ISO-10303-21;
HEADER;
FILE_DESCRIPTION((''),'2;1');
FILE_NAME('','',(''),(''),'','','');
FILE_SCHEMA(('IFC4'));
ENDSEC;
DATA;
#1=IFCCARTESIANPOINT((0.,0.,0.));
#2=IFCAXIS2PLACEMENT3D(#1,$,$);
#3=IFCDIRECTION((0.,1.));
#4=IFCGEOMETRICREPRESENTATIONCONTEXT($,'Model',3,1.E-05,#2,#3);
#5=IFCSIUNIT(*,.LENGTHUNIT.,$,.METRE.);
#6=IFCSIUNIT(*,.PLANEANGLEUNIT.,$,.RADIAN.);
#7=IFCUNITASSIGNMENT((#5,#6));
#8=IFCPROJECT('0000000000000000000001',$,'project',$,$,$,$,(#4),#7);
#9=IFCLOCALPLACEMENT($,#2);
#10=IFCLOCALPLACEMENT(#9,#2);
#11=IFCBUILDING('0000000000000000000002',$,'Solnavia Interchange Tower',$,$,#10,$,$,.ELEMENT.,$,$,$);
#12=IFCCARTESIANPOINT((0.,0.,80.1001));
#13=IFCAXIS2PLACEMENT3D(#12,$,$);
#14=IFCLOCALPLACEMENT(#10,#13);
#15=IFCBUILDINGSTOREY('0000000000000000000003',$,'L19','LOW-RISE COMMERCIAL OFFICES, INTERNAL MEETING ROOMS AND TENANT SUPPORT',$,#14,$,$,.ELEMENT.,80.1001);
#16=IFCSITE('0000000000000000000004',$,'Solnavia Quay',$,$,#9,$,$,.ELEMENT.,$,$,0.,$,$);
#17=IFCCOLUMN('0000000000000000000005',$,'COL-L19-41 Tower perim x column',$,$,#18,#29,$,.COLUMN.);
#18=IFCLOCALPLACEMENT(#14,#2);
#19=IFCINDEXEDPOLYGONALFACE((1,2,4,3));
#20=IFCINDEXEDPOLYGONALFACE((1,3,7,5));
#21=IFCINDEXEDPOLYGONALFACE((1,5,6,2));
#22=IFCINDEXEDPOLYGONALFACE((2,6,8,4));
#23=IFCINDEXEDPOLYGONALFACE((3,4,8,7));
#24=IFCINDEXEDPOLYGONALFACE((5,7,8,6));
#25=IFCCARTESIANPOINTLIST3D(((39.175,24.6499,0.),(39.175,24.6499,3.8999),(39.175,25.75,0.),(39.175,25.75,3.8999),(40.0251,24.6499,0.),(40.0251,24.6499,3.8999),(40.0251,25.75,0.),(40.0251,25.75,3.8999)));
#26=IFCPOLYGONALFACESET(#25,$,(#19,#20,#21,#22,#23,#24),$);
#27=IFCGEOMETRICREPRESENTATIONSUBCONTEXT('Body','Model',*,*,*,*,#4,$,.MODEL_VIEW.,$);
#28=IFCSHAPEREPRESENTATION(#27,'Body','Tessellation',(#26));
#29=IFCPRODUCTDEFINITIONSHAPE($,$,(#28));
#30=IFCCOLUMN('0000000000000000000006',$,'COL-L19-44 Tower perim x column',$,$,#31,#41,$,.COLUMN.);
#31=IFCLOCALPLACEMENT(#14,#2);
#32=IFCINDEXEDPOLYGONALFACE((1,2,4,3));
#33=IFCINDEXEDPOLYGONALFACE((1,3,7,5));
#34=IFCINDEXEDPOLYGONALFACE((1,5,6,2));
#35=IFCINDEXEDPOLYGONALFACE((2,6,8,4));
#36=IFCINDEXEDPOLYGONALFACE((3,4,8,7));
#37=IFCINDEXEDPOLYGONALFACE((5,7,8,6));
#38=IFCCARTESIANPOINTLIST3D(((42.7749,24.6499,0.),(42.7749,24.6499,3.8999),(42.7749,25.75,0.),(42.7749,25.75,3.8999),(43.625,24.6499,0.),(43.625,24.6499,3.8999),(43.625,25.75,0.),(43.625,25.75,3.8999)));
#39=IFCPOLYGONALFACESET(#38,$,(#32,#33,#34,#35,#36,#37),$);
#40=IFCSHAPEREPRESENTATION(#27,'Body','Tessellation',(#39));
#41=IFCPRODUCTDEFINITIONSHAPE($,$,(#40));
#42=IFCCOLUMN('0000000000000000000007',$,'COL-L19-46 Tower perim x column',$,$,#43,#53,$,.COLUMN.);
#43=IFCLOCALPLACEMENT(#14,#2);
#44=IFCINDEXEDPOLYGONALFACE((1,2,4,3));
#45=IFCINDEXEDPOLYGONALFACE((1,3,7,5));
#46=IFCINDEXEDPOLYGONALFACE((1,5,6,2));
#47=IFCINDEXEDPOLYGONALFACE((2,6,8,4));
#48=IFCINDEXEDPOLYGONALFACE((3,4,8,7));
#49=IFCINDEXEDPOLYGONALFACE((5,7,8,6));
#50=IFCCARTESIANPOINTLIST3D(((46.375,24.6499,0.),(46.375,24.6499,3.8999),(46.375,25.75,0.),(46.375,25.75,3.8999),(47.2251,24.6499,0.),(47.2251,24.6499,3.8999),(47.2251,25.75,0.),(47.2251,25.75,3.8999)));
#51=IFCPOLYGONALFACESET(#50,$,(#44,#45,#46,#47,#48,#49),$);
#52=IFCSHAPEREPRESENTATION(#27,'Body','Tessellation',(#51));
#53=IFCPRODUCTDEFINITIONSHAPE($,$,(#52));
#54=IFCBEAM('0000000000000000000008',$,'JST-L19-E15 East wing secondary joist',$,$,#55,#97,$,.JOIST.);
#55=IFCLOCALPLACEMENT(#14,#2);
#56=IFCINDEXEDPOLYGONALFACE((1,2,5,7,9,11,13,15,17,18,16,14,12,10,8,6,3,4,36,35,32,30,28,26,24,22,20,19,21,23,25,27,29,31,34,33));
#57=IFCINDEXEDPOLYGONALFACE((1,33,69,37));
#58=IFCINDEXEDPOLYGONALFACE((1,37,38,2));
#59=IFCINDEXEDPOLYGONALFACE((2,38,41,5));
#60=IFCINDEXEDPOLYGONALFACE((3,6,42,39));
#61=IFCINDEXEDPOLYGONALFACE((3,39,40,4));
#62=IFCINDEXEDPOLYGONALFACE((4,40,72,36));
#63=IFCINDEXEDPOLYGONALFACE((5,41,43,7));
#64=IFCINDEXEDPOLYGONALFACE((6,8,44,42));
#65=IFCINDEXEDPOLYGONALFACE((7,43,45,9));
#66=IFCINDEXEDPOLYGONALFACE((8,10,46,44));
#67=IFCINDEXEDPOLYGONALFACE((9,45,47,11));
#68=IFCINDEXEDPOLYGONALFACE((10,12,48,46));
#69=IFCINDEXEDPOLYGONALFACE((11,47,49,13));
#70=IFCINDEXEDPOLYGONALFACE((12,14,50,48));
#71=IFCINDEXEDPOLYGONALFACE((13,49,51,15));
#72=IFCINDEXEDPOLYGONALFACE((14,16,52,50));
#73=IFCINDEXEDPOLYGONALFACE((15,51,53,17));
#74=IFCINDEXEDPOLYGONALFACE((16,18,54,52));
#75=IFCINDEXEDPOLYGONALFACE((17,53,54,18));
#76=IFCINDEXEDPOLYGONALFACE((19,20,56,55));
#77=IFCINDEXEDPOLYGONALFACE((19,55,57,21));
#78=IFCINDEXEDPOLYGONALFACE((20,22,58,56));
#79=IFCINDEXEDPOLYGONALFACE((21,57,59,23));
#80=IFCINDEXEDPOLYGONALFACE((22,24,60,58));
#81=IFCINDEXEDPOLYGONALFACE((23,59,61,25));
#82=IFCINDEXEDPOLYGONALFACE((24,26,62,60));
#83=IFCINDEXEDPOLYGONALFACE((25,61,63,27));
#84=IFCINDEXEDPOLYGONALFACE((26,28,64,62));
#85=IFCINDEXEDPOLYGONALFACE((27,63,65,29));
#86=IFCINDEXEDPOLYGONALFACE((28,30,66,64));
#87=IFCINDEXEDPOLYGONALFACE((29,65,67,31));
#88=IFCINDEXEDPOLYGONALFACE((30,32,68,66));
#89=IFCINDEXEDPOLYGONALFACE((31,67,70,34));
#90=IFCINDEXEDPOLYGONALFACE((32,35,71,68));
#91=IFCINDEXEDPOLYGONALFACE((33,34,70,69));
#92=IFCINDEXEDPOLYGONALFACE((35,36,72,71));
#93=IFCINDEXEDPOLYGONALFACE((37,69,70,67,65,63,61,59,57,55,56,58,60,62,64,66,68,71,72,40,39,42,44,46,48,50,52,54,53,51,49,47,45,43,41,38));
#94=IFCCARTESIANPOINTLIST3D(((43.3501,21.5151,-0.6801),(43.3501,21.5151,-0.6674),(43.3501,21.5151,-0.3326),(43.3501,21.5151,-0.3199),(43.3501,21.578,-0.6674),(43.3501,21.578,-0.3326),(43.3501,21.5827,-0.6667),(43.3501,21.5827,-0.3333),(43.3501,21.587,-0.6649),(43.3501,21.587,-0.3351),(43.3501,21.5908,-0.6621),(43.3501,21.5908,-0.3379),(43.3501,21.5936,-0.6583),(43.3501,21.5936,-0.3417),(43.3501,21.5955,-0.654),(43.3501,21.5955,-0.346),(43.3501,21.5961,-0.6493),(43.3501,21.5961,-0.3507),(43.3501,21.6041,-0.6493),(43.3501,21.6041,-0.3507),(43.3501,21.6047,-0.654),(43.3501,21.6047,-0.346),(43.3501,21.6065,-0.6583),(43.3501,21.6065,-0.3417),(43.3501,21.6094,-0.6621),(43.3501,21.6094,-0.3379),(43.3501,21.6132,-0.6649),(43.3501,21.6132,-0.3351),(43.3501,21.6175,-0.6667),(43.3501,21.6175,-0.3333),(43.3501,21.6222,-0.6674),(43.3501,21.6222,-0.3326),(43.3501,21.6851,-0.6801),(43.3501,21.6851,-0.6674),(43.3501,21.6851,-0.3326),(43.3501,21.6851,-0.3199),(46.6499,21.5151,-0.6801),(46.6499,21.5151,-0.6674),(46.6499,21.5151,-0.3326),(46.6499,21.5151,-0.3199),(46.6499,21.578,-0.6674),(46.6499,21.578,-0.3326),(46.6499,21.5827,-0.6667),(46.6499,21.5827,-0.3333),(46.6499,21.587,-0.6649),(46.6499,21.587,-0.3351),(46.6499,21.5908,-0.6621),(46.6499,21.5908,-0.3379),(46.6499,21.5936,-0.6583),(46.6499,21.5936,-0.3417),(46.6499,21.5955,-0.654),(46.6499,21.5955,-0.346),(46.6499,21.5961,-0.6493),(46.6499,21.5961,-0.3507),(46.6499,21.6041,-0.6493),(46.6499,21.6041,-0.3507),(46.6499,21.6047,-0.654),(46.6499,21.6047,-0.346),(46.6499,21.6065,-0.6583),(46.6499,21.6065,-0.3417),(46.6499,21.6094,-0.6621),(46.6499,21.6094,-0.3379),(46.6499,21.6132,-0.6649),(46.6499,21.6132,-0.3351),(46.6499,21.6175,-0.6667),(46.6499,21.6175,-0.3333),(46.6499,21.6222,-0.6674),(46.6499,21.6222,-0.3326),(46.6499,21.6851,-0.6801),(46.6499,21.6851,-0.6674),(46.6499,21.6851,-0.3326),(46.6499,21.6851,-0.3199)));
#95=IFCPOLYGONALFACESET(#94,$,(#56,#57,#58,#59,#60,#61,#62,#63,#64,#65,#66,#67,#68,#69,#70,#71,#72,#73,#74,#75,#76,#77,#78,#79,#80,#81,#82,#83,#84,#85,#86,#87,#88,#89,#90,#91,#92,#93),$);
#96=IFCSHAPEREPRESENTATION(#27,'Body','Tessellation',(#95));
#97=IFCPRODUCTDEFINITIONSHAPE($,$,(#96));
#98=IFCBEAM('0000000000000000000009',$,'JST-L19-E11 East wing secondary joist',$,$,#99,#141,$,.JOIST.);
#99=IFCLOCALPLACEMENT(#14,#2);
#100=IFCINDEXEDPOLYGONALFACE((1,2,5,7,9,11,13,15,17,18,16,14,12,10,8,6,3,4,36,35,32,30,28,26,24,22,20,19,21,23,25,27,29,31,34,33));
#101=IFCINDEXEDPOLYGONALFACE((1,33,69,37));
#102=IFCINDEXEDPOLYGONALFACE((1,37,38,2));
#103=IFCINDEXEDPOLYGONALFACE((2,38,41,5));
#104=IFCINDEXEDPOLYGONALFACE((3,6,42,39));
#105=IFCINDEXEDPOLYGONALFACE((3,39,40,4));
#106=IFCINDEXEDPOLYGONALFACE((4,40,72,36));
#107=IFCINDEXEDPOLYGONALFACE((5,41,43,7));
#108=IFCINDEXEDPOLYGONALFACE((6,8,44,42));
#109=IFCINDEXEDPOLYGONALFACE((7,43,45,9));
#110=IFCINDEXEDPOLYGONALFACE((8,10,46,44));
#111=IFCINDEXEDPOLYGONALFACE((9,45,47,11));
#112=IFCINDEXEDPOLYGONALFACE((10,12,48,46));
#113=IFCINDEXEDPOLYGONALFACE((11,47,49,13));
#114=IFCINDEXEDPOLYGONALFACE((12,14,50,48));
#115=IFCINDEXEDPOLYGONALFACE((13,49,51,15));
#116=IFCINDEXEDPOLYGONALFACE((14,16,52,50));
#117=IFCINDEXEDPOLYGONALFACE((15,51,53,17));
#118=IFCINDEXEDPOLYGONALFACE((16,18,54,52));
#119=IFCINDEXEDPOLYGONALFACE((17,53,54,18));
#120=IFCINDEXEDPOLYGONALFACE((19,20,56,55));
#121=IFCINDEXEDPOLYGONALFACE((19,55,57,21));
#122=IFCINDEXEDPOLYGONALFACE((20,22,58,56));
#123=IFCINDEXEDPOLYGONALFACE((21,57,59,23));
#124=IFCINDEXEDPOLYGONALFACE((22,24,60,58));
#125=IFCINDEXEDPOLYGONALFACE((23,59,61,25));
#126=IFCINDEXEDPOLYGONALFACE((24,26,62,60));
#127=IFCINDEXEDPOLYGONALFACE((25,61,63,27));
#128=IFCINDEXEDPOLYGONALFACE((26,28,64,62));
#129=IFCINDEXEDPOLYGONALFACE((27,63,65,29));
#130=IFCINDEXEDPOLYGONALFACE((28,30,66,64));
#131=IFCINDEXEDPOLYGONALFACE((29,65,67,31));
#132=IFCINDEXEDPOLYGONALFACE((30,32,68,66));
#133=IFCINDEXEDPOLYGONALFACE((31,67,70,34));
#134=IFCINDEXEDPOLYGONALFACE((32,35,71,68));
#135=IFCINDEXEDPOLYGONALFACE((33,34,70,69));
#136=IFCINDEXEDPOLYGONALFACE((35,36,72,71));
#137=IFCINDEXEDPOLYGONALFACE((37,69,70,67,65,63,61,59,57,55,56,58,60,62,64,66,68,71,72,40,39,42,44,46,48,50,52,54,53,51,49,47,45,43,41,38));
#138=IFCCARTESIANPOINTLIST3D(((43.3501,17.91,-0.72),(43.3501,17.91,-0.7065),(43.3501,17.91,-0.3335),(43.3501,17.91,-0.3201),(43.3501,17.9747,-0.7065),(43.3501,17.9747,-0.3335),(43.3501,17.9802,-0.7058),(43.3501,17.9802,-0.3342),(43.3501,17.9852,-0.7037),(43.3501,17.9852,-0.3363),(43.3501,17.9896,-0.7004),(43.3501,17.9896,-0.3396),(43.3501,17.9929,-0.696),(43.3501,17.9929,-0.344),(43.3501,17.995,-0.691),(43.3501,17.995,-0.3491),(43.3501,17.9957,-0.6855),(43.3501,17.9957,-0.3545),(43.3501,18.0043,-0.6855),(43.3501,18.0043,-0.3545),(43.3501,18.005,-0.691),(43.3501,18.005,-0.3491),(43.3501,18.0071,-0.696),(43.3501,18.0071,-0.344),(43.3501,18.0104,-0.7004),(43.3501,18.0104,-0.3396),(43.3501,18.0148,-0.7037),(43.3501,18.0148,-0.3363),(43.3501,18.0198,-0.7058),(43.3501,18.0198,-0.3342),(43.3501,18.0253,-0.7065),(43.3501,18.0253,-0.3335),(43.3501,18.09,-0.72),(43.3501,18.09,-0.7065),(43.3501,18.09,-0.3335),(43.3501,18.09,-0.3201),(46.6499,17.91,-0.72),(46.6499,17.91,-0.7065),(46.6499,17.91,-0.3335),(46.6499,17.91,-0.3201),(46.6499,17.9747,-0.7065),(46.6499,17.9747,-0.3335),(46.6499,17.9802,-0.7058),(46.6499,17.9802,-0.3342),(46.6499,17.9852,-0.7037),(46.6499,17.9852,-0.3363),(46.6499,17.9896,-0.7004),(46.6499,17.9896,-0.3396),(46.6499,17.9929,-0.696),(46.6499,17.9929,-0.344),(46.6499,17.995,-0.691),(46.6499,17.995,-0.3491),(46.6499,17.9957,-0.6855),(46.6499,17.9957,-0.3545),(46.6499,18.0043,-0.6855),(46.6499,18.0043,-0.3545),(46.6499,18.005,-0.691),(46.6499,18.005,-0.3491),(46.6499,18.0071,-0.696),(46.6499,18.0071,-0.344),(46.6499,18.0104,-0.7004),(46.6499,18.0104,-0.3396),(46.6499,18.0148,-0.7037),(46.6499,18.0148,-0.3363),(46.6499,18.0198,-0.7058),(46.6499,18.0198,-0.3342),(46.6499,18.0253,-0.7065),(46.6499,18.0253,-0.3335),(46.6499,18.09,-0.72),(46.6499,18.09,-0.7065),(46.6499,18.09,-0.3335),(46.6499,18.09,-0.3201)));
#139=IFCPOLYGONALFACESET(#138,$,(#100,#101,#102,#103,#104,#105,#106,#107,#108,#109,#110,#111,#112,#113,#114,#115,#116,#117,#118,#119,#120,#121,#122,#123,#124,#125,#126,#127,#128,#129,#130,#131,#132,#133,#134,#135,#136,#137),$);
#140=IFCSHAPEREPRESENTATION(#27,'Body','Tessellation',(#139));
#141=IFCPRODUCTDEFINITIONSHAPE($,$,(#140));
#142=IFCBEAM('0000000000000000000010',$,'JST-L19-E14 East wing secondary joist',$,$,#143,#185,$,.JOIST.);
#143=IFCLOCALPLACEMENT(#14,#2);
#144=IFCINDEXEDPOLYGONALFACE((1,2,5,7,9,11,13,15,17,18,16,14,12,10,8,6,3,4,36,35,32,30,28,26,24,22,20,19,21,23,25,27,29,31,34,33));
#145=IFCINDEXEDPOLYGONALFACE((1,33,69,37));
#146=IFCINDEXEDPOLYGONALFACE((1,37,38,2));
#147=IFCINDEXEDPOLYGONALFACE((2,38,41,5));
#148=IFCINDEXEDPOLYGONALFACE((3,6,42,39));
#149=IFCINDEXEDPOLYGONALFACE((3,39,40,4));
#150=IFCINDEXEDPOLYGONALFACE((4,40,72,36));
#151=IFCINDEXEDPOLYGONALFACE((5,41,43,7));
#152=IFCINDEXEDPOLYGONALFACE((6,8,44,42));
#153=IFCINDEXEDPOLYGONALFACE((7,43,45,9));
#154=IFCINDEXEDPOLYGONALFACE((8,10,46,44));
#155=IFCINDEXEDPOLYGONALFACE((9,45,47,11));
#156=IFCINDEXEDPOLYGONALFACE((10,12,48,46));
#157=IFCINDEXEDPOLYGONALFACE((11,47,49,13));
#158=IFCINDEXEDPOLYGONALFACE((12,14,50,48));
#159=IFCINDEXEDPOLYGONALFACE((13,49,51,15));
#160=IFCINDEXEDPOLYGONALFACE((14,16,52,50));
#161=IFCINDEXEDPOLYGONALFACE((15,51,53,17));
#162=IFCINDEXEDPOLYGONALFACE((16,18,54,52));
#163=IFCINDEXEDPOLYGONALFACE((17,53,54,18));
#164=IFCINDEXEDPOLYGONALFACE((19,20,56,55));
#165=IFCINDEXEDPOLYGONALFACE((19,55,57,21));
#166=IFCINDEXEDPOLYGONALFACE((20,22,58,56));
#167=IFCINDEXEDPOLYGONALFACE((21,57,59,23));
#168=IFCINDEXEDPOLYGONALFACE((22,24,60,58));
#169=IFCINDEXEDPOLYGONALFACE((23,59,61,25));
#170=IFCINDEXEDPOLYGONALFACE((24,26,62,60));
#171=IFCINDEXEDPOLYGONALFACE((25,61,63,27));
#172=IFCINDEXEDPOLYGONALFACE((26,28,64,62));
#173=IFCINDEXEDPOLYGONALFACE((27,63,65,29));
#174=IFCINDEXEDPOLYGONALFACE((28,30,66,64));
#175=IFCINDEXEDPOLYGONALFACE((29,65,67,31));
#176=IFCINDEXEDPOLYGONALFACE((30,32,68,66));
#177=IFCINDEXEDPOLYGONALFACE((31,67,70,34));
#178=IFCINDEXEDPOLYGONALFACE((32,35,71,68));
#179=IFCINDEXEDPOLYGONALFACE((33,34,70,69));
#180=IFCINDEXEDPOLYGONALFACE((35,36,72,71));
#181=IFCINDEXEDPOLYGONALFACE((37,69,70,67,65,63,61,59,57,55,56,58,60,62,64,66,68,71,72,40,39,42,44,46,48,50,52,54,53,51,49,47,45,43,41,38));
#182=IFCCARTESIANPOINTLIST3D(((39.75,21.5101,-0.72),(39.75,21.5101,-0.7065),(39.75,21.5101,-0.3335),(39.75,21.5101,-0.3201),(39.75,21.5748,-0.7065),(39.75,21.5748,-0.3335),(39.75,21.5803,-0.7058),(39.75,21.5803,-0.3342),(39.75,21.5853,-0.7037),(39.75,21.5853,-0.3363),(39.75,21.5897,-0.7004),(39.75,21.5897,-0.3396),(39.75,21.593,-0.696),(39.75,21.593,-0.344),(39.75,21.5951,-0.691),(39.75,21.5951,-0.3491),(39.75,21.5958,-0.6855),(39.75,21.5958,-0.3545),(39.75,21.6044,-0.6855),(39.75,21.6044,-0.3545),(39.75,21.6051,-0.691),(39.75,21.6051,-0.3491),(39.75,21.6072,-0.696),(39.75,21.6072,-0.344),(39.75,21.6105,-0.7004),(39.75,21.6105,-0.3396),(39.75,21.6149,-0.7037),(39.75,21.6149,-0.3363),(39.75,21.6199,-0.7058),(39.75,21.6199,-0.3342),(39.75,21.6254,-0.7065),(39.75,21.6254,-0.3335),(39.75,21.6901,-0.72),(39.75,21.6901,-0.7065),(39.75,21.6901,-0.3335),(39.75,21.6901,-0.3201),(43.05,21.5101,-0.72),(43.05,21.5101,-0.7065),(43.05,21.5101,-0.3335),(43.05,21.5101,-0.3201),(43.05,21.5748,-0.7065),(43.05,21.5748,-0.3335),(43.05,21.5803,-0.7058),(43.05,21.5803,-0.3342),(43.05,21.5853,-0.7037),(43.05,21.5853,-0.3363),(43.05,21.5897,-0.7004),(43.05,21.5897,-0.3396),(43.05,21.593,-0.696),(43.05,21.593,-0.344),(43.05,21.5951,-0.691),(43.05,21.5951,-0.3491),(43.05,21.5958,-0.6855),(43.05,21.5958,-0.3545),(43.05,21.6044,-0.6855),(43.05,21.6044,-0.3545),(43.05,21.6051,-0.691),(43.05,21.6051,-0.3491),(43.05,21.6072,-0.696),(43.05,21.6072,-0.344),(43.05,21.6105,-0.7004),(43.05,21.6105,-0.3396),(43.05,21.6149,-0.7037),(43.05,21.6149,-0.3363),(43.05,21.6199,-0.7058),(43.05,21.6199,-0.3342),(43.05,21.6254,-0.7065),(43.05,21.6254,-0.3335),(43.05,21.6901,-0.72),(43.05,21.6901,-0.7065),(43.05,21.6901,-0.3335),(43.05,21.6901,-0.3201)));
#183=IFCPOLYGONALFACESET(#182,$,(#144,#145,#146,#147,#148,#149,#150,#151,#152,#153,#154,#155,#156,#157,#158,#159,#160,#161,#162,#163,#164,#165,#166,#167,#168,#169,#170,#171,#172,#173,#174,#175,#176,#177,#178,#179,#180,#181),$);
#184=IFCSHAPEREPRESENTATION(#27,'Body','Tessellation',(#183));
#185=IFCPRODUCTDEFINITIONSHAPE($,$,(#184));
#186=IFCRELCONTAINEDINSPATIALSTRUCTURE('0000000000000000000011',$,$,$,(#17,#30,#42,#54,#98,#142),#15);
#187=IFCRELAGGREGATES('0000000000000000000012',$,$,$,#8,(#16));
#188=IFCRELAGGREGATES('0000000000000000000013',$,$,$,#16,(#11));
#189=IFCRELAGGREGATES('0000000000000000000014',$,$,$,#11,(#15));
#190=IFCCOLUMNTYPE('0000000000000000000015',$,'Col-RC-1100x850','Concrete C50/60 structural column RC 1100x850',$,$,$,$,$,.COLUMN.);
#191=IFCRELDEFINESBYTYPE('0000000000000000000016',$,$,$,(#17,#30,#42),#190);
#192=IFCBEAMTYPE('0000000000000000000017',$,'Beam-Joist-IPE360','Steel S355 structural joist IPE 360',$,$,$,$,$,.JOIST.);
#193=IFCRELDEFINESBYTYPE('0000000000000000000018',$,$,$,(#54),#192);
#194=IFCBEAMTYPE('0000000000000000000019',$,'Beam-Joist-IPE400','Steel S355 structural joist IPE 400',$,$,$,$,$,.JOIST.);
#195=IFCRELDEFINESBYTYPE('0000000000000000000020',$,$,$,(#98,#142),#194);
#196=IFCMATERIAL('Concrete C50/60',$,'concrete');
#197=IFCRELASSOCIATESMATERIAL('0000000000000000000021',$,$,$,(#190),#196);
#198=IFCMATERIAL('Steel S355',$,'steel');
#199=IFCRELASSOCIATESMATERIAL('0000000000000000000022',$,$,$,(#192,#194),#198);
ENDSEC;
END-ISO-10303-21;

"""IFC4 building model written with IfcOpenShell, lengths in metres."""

from ifc_helpers import new_model, si_unit, direction, frame, origin, origin_2d, place, context, subcontext, project, spatial, rectangle, i_section, extrude, material, material_profile, profile_set, type_object, element, save


model = new_model("IFC4")

# Units and contexts
model_context = context("Model", 3, precision=1e-05, world=origin(), true_north=direction((0.0, 1.0)))
body_context = subcontext(model_context, "Body", "Model", "MODEL_VIEW")
ifc_project = project(units=[si_unit("LENGTHUNIT", "METRE"), si_unit("PLANEANGLEUNIT", "RADIAN")], contexts=[model_context])

# Site, building, storey
site_placement = place(None, origin())
site = spatial("IfcSite", under=ifc_project, at=site_placement, Name="Solnavia Quay", CompositionType="ELEMENT", RefElevation=0.0)
building_placement = place(site_placement, origin())
building = spatial("IfcBuilding", under=site, at=building_placement, Name="Solnavia Interchange Tower", CompositionType="ELEMENT")
storey_placement = place(building_placement, frame((0.0, 0.0, 80.1001)))
storey = spatial("IfcBuildingStorey", under=building, at=storey_placement, Name="L19", Description="LOW-RISE COMMERCIAL OFFICES, INTERNAL MEETING ROOMS AND TENANT SUPPORT", CompositionType="ELEMENT", Elevation=80.1001)

# Columns
ifc_material_1 = material(Name="Concrete C50/60", Category="concrete")
ifc_material_profile_1 = material_profile(ifc_material_1, rectangle(XDim=0.8501, YDim=1.1001, at=origin_2d()), Name="RC 1100x850")
ifc_profile_set_1 = profile_set([ifc_material_profile_1], Name="Concrete C50/60")
column_type = type_object("IfcColumnType", Name="Col-RC-1100x850", Description="Concrete C50/60 structural column RC 1100x850", PredefinedType="COLUMN", material=ifc_profile_set_1)
for number, where, z_axis, x_axis, name in (
    (1, (39.6001, 25.2, 0.0), (0.0, 0.0, 1.0), (1.0, 0.0, 0.0), "COL-L19-41 Tower perim x column"),
    (2, (43.2, 25.2, 0.0), (0.0, 0.0, 1.0), (1.0, 0.0, 0.0), "COL-L19-44 Tower perim x column"),
    (3, (46.8, 25.2, 0.0), (0.0, 0.0, 1.0), (1.0, 0.0, 0.0), "COL-L19-46 Tower perim x column"),
):
    element("IfcColumn", number, at=place(storey_placement, frame(where, z_axis=z_axis, x_axis=x_axis)), inside=storey, type_object=column_type, Name=name, PredefinedType="COLUMN", context=body_context, shape_type="SweptSolid", body=[
        extrude(rectangle(XDim=0.8501, YDim=1.1001, at=origin_2d()), origin(), (0.0, 0.0, 1.0), 3.8999),
    ])

# Beams
ifc_material_2 = material(Name="Steel S355", Category="steel")
ifc_material_profile_2 = material_profile(ifc_material_2, i_section(OverallWidth=0.1699, OverallDepth=0.3601, WebThickness=0.0081, FlangeThickness=0.0127, FilletRadius=0.0181, at=origin_2d()), Name="IPE 360")
ifc_profile_set_2 = profile_set([ifc_material_profile_2], Name="Steel S355")
beam_type_1 = type_object("IfcBeamType", Name="Beam-Joist-IPE360", Description="Steel S355 structural joist IPE 360", PredefinedType="JOIST", material=ifc_profile_set_2)
beam_1_placement = place(storey_placement, frame((43.3501, 21.6001, -0.5), z_axis=(1.0, 0.0, 0.0), x_axis=(0.0, 1.0, 0.0)))
element("IfcBeam", 4, at=beam_1_placement, inside=storey, type_object=beam_type_1, Name="JST-L19-E15 East wing secondary joist", PredefinedType="JOIST", context=body_context, shape_type="SweptSolid", body=[
    extrude(i_section(OverallWidth=0.1699, OverallDepth=0.3601, WebThickness=0.0081, FlangeThickness=0.0127, FilletRadius=0.0181, at=origin_2d()), origin(), (0.0, 0.0, 1.0), 3.2998),
])
ifc_material_profile_3 = material_profile(ifc_material_2, i_section(OverallWidth=0.1799, OverallDepth=0.3999, WebThickness=0.0085, FlangeThickness=0.0134, FilletRadius=0.021, at=origin_2d()), Name="IPE 400")
ifc_profile_set_3 = profile_set([ifc_material_profile_3], Name="Steel S355")
beam_type_2 = type_object("IfcBeamType", Name="Beam-Joist-IPE400", Description="Steel S355 structural joist IPE 400", PredefinedType="JOIST", material=ifc_profile_set_3)
beam_2_placement = place(storey_placement, frame((43.3501, 18.0, -0.52), z_axis=(1.0, 0.0, 0.0), x_axis=(0.0, 1.0, 0.0)))
element("IfcBeam", 5, at=beam_2_placement, inside=storey, type_object=beam_type_2, Name="JST-L19-E11 East wing secondary joist", PredefinedType="JOIST", context=body_context, shape_type="SweptSolid", body=[
    extrude(i_section(OverallWidth=0.1799, OverallDepth=0.3999, WebThickness=0.0085, FlangeThickness=0.0134, FilletRadius=0.021, at=origin_2d()), origin(), (0.0, 0.0, 1.0), 3.2998),
])
beam_3_placement = place(storey_placement, frame((39.75, 21.6001, -0.52), z_axis=(1.0, 0.0, 0.0), x_axis=(0.0, 1.0, 0.0)))
element("IfcBeam", 6, at=beam_3_placement, inside=storey, type_object=beam_type_2, Name="JST-L19-E14 East wing secondary joist", PredefinedType="JOIST", context=body_context, shape_type="SweptSolid", body=[
    extrude(i_section(OverallWidth=0.1799, OverallDepth=0.3999, WebThickness=0.0085, FlangeThickness=0.0134, FilletRadius=0.021, at=origin_2d()), origin(), (0.0, 0.0, 1.0), 3.3),
])

save(model, "model.ifc")
